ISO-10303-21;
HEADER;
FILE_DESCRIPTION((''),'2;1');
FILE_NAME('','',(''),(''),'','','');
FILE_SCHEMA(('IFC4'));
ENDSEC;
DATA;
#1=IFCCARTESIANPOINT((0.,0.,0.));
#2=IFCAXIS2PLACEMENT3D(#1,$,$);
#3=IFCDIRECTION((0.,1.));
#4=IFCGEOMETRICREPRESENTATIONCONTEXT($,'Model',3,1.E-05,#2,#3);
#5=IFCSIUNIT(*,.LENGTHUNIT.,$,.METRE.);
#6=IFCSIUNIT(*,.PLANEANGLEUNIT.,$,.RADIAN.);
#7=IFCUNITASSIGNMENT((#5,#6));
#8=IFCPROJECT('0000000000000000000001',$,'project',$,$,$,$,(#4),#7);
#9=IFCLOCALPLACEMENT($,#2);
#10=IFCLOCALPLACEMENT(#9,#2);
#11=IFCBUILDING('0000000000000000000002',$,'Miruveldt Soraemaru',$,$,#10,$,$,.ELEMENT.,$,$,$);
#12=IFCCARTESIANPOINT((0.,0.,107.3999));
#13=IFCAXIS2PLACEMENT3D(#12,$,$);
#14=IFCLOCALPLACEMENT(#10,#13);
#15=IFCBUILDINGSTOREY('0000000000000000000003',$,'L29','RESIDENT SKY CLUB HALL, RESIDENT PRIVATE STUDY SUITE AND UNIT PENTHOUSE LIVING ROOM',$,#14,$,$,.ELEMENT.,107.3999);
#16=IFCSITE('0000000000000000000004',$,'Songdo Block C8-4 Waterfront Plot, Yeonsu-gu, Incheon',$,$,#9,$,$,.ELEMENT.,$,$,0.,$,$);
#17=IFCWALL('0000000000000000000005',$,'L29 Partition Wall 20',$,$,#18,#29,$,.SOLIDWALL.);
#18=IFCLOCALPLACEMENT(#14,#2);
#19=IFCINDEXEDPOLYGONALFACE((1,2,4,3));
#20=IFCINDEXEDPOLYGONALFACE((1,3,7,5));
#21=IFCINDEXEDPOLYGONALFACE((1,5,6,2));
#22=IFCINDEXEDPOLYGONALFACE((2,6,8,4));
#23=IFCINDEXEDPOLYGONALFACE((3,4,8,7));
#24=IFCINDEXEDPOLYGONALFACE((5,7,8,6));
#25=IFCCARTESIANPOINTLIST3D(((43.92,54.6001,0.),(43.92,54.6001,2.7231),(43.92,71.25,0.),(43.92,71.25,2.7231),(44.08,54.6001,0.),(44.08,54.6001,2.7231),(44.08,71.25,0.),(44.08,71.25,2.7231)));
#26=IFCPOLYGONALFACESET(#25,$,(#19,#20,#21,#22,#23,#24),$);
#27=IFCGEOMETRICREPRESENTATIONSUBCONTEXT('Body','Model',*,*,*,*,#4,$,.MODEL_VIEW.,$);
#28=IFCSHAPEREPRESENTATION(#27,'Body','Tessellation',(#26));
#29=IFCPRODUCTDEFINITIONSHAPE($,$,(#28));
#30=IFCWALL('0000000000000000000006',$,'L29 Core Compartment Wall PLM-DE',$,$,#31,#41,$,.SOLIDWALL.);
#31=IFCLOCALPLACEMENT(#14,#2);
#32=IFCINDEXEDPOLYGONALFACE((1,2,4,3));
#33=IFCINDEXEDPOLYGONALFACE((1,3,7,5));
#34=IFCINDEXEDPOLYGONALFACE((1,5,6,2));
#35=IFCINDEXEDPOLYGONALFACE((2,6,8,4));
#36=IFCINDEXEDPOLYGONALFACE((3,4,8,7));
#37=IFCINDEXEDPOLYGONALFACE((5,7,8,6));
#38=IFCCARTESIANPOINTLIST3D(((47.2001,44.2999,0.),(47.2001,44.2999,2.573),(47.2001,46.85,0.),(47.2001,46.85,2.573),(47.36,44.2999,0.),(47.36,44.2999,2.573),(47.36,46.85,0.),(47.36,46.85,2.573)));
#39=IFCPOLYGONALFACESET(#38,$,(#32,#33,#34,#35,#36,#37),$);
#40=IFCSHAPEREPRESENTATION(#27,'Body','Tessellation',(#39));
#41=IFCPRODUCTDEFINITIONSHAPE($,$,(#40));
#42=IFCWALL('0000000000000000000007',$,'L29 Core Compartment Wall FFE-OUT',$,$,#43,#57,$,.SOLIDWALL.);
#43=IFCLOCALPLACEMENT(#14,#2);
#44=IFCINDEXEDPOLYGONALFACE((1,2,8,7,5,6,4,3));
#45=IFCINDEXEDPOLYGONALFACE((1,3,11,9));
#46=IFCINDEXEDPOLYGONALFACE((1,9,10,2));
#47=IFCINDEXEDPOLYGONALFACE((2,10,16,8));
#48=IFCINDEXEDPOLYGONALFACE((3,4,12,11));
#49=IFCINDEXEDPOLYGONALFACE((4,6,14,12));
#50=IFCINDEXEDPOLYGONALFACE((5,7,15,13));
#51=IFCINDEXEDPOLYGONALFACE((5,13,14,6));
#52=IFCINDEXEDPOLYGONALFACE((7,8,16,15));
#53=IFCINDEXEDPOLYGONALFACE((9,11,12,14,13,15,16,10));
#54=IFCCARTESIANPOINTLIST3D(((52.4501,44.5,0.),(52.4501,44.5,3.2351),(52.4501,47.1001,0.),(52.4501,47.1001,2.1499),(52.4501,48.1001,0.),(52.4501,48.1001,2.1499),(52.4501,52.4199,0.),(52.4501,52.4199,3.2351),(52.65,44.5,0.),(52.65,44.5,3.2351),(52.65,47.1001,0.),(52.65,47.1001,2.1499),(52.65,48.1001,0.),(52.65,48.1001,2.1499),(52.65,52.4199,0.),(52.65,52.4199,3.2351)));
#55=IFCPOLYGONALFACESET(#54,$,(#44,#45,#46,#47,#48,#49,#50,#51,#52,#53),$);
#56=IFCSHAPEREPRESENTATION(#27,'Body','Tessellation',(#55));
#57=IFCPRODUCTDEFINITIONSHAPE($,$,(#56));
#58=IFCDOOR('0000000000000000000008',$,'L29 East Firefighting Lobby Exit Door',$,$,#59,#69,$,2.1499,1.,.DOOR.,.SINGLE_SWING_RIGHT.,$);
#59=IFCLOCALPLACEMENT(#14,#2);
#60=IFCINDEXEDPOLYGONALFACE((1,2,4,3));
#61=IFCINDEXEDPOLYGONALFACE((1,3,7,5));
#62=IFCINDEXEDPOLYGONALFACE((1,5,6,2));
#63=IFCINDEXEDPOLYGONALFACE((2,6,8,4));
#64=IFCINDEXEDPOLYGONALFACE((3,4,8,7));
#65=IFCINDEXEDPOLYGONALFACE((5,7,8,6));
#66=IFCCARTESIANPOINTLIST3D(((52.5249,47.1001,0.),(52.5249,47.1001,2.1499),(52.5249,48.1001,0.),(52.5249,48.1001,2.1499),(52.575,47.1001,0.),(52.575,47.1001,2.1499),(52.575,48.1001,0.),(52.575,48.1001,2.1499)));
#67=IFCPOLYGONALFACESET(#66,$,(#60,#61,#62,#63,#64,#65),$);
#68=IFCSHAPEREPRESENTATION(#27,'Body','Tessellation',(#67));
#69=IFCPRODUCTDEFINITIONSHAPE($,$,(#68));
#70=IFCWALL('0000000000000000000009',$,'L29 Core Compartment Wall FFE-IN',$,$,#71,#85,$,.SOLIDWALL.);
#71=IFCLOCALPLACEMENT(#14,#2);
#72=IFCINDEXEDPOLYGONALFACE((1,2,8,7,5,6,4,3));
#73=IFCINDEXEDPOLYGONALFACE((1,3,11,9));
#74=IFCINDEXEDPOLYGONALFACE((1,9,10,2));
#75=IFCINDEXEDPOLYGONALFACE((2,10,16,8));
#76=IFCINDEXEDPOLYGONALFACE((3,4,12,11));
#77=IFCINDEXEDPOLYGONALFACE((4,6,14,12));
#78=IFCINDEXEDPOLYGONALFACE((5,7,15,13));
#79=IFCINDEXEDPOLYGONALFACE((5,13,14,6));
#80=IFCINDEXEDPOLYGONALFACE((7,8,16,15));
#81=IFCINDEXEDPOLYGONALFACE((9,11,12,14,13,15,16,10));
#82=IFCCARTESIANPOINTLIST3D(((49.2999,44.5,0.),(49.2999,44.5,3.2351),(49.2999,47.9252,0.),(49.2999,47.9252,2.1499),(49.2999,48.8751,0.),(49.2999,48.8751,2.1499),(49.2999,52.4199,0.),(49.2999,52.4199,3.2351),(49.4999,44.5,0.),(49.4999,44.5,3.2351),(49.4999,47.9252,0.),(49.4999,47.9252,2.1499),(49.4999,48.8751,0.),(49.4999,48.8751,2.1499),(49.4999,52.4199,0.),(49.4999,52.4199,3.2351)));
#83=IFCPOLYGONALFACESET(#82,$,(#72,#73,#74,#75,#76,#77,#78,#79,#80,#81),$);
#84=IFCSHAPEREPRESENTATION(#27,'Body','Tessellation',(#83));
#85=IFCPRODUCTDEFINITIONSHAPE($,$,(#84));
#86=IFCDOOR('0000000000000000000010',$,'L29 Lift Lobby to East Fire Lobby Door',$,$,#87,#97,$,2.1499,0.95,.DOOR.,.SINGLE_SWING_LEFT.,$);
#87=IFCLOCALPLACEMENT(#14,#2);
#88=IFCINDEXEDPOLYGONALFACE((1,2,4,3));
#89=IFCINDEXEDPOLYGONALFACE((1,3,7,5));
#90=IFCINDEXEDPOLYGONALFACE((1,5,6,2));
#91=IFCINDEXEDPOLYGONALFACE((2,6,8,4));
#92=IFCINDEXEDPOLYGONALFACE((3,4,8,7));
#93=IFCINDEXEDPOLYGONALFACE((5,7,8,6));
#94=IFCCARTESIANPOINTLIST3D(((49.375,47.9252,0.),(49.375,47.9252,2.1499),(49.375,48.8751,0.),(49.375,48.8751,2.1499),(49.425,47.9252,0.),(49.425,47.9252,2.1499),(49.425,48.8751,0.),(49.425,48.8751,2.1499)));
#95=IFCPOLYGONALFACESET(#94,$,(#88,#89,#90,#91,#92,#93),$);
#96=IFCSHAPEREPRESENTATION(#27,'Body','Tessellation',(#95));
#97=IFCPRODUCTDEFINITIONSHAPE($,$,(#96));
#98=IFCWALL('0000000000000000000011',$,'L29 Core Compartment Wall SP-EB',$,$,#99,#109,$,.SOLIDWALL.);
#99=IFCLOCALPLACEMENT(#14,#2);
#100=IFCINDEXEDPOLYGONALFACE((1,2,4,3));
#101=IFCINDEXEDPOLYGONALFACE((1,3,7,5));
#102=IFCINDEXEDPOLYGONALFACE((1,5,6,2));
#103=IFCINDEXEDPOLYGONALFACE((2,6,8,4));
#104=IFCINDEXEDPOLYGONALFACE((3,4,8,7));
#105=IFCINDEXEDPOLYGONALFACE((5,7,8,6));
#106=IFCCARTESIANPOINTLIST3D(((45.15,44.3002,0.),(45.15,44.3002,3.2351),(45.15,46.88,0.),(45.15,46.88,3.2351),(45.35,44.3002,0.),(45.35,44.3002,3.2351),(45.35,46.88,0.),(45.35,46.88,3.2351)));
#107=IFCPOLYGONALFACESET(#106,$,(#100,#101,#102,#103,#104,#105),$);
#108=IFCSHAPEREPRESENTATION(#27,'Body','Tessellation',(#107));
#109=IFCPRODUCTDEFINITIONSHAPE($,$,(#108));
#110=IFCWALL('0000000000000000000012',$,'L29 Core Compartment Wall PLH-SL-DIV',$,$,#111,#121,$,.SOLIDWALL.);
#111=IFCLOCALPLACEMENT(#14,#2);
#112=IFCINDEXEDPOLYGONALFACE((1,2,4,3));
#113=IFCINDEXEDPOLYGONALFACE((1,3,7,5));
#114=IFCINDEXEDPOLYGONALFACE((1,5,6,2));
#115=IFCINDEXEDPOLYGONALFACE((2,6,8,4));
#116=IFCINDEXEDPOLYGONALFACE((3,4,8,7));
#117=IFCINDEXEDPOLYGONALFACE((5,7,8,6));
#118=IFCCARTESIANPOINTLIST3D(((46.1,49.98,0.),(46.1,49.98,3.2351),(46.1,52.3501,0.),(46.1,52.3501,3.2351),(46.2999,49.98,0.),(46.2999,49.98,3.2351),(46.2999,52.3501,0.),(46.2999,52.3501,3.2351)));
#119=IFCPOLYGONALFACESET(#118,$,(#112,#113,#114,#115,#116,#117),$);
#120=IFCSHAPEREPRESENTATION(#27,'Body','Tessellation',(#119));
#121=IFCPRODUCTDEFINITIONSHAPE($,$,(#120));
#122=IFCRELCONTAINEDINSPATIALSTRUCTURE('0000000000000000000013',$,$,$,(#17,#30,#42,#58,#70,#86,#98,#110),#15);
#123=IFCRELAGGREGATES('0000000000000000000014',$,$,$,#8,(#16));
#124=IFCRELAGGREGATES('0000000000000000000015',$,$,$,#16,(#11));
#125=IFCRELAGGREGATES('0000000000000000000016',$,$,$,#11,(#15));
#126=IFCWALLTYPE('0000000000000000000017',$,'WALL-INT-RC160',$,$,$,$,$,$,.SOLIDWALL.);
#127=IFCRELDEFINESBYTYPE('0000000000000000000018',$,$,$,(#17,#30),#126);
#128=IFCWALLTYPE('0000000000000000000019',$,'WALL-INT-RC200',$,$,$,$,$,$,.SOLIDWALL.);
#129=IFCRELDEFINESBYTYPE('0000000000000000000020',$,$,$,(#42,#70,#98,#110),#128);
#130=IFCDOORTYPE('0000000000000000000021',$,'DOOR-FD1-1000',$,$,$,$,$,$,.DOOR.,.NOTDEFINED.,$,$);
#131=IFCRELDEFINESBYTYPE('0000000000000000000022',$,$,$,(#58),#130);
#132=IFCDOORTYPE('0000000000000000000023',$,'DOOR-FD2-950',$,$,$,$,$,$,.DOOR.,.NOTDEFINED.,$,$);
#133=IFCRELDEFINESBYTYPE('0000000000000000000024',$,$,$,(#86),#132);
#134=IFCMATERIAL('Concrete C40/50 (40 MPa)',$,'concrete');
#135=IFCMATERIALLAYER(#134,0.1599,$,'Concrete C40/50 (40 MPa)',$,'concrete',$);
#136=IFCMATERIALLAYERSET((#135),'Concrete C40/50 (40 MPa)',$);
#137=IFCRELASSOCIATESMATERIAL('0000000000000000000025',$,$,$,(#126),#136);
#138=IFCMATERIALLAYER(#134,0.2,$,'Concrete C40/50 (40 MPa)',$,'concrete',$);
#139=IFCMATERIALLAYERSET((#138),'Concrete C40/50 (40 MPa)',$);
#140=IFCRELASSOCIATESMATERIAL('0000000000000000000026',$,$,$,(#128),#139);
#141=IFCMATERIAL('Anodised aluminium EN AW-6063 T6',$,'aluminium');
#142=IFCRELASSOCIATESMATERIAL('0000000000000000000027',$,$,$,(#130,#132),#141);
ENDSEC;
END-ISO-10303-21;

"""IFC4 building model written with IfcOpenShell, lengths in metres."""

from ifc_helpers import new_model, si_unit, direction, frame, frame_2d, origin, place, context, subcontext, project, spatial, rectangle, extrude, material, layer, layer_set, type_object, element, fill, save


model = new_model("IFC4")

# Units and contexts
model_context = context("Model", 3, precision=1e-05, world=origin(), true_north=direction((0.0, 1.0)))
body_context = subcontext(model_context, "Body", "Model", "MODEL_VIEW")
ifc_project = project(units=[si_unit("LENGTHUNIT", "METRE"), si_unit("PLANEANGLEUNIT", "RADIAN")], contexts=[model_context])

# Site, building, storey
site_placement = place(None, origin())
site = spatial("IfcSite", under=ifc_project, at=site_placement, Name="Songdo Block C8-4 Waterfront Plot, Yeonsu-gu, Incheon", CompositionType="ELEMENT", RefElevation=0.0)
building_placement = place(site_placement, origin())
building = spatial("IfcBuilding", under=site, at=building_placement, Name="Miruveldt Soraemaru", CompositionType="ELEMENT")
storey_placement = place(building_placement, frame((0.0, 0.0, 107.3999)))
storey = spatial("IfcBuildingStorey", under=building, at=storey_placement, Name="L29", Description="RESIDENT SKY CLUB HALL, RESIDENT PRIVATE STUDY SUITE AND UNIT PENTHOUSE LIVING ROOM", CompositionType="ELEMENT", Elevation=107.3999)

# Walls
ifc_material_1 = material(Name="Concrete C40/50 (40 MPa)", Category="concrete")
ifc_layer_1 = layer(ifc_material_1, 0.1599, Name="Concrete C40/50 (40 MPa)", Category="concrete")
ifc_layer_set_1 = layer_set([ifc_layer_1], Name="Concrete C40/50 (40 MPa)")
wall_type_1 = type_object("IfcWallType", Name="WALL-INT-RC160", PredefinedType="SOLIDWALL", material=ifc_layer_set_1)
wall_1_placement = place(storey_placement, frame((44.0, 54.6001, 0.0), z_axis=(0.0, 0.0, 1.0), x_axis=(0.0, 1.0, 0.0)))
element("IfcWall", 1, at=wall_1_placement, inside=storey, type_object=wall_type_1, Name="L29 Partition Wall 20", PredefinedType="SOLIDWALL", context=body_context, shape_type="SweptSolid", body=[
    extrude(rectangle(XDim=16.6499, YDim=0.1599, at=frame_2d((8.325, 0.0))), origin(), (0.0, 0.0, 1.0), 2.7231),
])
wall_2_placement = place(storey_placement, frame((47.28, 44.3, 0.0), z_axis=(0.0, 0.0, 1.0), x_axis=(0.0, 1.0, 0.0)))
element("IfcWall", 2, at=wall_2_placement, inside=storey, type_object=wall_type_1, Name="L29 Core Compartment Wall PLM-DE", PredefinedType="SOLIDWALL", context=body_context, shape_type="SweptSolid", body=[
    extrude(rectangle(XDim=2.55, YDim=0.1599, at=frame_2d((1.2749, 0.0))), origin(), (0.0, 0.0, 1.0), 2.573),
])

# Walls, openings, doors
ifc_layer_2 = layer(ifc_material_1, 0.2, Name="Concrete C40/50 (40 MPa)", Category="concrete")
ifc_layer_set_2 = layer_set([ifc_layer_2], Name="Concrete C40/50 (40 MPa)")
wall_type_2 = type_object("IfcWallType", Name="WALL-INT-RC200", PredefinedType="SOLIDWALL", material=ifc_layer_set_2)
wall_3_placement = place(storey_placement, frame((52.55, 44.5, 0.0), z_axis=(0.0, 0.0, 1.0), x_axis=(0.0, 1.0, 0.0)))
wall_3 = element("IfcWall", 3, at=wall_3_placement, inside=storey, type_object=wall_type_2, Name="L29 Core Compartment Wall FFE-OUT", PredefinedType="SOLIDWALL", context=body_context, shape_type="SweptSolid", body=[
    extrude(rectangle(XDim=7.9199, YDim=0.2, at=frame_2d((3.96, 0.0))), origin(), (0.0, 0.0, 1.0), 3.2351),
])
opening_1_placement = place(wall_3_placement, frame((2.6001, 0.0, 0.0)))
opening_1 = element("IfcOpeningElement", 4, at=opening_1_placement, cuts=wall_3, PredefinedType="OPENING", context=body_context, shape_type="SweptSolid", body=[
    extrude(rectangle(XDim=1.0, YDim=2.1499, at=frame_2d((0.5, 1.075))), frame((0.0, 0.1099, 0.0), z_axis=(0.0, -1.0, 0.0), x_axis=(1.0, 0.0, 0.0)), (0.0, 0.0, 1.0), 0.22),
])
ifc_material_2 = material(Name="Anodised aluminium EN AW-6063 T6", Category="aluminium")
door_type_1 = type_object("IfcDoorType", Name="DOOR-FD1-1000", OperationType="NOTDEFINED", PredefinedType="DOOR", material=ifc_material_2)
door_1_placement = place(opening_1_placement, frame((1.0, 0.0, 0.0), z_axis=(0.0, 0.0, 1.0), x_axis=(-1.0, 0.0, 0.0)))
door_1 = element("IfcDoor", 5, at=door_1_placement, inside=storey, type_object=door_type_1, Name="L29 East Firefighting Lobby Exit Door", OperationType="SINGLE_SWING_RIGHT", OverallHeight=2.1499, OverallWidth=1.0, PredefinedType="DOOR", context=body_context, shape_type="SweptSolid", body=[
    extrude(rectangle(XDim=1.0, YDim=2.1499, at=frame_2d((0.5, 1.075))), frame((0.0, 0.0249, 0.0), z_axis=(0.0, -1.0, 0.0), x_axis=(1.0, 0.0, 0.0)), (0.0, 0.0, 1.0), 0.05),
])
fill(opening_1, door_1)
wall_4_placement = place(storey_placement, frame((49.3999, 44.5, 0.0), z_axis=(0.0, 0.0, 1.0), x_axis=(0.0, 1.0, 0.0)))
wall_4 = element("IfcWall", 6, at=wall_4_placement, inside=storey, type_object=wall_type_2, Name="L29 Core Compartment Wall FFE-IN", PredefinedType="SOLIDWALL", context=body_context, shape_type="SweptSolid", body=[
    extrude(rectangle(XDim=7.9199, YDim=0.2, at=frame_2d((3.96, 0.0))), origin(), (0.0, 0.0, 1.0), 3.2351),
])
opening_2_placement = place(wall_4_placement, frame((3.425, 0.0, 0.0)))
opening_2 = element("IfcOpeningElement", 7, at=opening_2_placement, cuts=wall_4, PredefinedType="OPENING", context=body_context, shape_type="SweptSolid", body=[
    extrude(rectangle(XDim=0.95, YDim=2.1499, at=frame_2d((0.4751, 1.075))), frame((0.0, 0.1099, 0.0), z_axis=(0.0, -1.0, 0.0), x_axis=(1.0, 0.0, 0.0)), (0.0, 0.0, 1.0), 0.22),
])
door_type_2 = type_object("IfcDoorType", Name="DOOR-FD2-950", OperationType="NOTDEFINED", PredefinedType="DOOR", material=ifc_material_2)
door_2_placement = place(opening_2_placement, origin())
door_2 = element("IfcDoor", 8, at=door_2_placement, inside=storey, type_object=door_type_2, Name="L29 Lift Lobby to East Fire Lobby Door", OperationType="SINGLE_SWING_LEFT", OverallHeight=2.1499, OverallWidth=0.95, PredefinedType="DOOR", context=body_context, shape_type="SweptSolid", body=[
    extrude(rectangle(XDim=0.95, YDim=2.1499, at=frame_2d((0.4751, 1.075))), frame((0.0, 0.0249, 0.0), z_axis=(0.0, -1.0, 0.0), x_axis=(1.0, 0.0, 0.0)), (0.0, 0.0, 1.0), 0.05),
])
fill(opening_2, door_2)

# Walls
wall_5_placement = place(storey_placement, frame((45.25, 44.3, 0.0), z_axis=(0.0, 0.0, 1.0), x_axis=(0.0, 1.0, 0.0)))
element("IfcWall", 9, at=wall_5_placement, inside=storey, type_object=wall_type_2, Name="L29 Core Compartment Wall SP-EB", PredefinedType="SOLIDWALL", context=body_context, shape_type="SweptSolid", body=[
    extrude(rectangle(XDim=2.5798, YDim=0.2, at=frame_2d((1.29, 0.0))), origin(), (0.0, 0.0, 1.0), 3.2351),
])
wall_6_placement = place(storey_placement, frame((46.2, 49.98, 0.0), z_axis=(0.0, 0.0, 1.0), x_axis=(0.0, 1.0, 0.0)))
element("IfcWall", 10, at=wall_6_placement, inside=storey, type_object=wall_type_2, Name="L29 Core Compartment Wall PLH-SL-DIV", PredefinedType="SOLIDWALL", context=body_context, shape_type="SweptSolid", body=[
    extrude(rectangle(XDim=2.3701, YDim=0.2, at=frame_2d((1.1851, 0.0))), origin(), (0.0, 0.0, 1.0), 3.2351),
])

save(model, "model.ifc")
